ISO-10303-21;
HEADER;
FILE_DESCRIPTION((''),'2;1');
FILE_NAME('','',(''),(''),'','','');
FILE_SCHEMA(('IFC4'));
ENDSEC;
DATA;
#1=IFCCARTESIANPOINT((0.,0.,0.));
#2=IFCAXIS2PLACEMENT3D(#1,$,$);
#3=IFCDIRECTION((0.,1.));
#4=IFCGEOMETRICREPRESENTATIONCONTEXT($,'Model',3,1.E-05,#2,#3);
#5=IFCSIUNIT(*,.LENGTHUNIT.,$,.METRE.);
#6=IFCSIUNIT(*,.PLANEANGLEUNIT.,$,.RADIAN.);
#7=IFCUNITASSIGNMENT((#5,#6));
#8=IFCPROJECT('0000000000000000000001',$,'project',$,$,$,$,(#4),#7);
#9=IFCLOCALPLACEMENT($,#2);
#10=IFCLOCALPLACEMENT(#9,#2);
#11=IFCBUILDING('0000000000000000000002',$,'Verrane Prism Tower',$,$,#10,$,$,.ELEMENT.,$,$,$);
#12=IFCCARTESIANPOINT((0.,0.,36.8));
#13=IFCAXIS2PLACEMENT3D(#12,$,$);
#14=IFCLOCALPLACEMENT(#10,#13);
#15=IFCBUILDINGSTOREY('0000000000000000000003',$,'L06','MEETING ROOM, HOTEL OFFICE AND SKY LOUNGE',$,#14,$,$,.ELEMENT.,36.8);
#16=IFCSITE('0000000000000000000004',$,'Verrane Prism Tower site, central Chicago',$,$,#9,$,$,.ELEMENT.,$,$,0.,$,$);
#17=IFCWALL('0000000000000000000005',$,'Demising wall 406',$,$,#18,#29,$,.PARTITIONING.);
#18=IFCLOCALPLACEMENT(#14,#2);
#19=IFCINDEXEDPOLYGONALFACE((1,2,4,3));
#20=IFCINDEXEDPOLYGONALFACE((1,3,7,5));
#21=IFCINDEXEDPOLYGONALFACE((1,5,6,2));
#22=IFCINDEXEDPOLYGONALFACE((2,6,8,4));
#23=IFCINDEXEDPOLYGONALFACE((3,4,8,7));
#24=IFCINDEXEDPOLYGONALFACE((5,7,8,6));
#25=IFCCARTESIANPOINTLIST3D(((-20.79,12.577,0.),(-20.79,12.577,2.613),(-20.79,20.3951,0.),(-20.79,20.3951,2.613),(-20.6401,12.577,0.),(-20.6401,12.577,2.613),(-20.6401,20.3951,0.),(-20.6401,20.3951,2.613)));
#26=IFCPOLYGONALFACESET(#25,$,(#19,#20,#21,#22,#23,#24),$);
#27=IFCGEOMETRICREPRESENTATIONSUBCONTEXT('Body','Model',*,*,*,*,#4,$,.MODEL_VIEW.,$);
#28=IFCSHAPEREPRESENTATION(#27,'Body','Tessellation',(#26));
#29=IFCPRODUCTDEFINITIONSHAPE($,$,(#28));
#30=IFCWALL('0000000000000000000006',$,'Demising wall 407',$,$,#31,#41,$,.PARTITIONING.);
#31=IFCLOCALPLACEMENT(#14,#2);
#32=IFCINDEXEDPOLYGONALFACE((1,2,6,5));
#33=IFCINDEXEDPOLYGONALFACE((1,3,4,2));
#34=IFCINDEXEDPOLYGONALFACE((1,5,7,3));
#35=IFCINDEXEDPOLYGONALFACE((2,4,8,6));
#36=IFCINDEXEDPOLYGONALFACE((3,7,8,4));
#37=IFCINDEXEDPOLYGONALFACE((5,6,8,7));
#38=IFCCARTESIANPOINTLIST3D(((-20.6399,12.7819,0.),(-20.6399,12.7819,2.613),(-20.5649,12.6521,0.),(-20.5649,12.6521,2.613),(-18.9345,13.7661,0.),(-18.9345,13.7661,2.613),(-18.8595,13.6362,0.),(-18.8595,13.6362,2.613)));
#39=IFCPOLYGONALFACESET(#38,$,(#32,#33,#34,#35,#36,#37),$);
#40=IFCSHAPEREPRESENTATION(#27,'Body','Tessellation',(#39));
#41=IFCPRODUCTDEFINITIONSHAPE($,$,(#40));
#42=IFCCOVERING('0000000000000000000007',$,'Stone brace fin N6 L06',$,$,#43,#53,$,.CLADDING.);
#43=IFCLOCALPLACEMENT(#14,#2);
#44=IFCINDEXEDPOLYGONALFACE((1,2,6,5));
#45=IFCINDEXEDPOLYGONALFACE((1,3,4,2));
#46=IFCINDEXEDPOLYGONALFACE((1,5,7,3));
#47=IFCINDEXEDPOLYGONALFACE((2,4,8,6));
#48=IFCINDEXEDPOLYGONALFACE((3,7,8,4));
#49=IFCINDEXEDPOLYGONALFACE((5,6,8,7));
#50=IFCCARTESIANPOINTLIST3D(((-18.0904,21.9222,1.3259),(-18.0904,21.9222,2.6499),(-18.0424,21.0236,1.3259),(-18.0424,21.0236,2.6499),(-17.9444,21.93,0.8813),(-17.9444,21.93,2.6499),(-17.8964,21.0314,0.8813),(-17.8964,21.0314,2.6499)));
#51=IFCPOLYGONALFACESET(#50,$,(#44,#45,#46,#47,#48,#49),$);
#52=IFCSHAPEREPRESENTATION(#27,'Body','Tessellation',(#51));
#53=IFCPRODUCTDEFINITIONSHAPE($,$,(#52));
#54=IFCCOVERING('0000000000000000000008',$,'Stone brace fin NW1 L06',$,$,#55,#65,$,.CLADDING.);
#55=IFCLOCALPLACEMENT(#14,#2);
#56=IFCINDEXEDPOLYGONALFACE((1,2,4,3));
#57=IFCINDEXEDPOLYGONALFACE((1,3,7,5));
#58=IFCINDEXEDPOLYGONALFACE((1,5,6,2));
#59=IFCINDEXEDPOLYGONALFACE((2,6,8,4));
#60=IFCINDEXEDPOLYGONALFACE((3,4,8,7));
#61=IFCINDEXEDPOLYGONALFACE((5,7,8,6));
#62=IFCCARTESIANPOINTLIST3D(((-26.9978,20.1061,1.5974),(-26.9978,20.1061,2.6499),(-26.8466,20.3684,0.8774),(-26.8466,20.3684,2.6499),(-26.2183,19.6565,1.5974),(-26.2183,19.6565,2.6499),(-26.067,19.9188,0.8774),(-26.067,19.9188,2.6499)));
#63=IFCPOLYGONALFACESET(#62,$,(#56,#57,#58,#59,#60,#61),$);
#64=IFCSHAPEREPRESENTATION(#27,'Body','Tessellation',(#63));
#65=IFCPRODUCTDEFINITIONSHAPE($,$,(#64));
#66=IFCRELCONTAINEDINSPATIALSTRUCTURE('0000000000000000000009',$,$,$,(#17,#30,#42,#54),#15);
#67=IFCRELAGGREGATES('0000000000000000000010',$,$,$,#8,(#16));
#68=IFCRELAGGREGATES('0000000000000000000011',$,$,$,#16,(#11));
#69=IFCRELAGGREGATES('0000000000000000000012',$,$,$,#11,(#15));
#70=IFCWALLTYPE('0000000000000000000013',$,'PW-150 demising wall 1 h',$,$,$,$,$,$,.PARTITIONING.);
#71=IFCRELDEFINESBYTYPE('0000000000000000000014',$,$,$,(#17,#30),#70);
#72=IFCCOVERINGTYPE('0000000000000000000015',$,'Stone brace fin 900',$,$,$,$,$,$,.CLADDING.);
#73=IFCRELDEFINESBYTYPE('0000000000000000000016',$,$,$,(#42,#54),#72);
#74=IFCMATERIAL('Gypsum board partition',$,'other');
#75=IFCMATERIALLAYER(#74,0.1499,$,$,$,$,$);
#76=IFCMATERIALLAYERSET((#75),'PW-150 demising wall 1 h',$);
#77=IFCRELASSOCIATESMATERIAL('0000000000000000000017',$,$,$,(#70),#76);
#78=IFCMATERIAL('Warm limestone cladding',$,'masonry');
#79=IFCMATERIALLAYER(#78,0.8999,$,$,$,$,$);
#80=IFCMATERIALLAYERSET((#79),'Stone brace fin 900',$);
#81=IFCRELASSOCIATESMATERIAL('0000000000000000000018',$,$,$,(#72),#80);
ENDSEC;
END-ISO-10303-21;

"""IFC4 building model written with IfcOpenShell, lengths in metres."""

from ifc_helpers import new_model, si_unit, direction, frame, frame_2d, origin, place, context, subcontext, project, spatial, polyline, rectangle, outline, extrude, material, layer, layer_set, type_object, element, save


model = new_model("IFC4")

# Units and contexts
model_context = context("Model", 3, precision=1e-05, world=origin(), true_north=direction((0.0, 1.0)))
body_context = subcontext(model_context, "Body", "Model", "MODEL_VIEW")
ifc_project = project(units=[si_unit("LENGTHUNIT", "METRE"), si_unit("PLANEANGLEUNIT", "RADIAN")], contexts=[model_context])

# Site, building, storey
site_placement = place(None, origin())
site = spatial("IfcSite", under=ifc_project, at=site_placement, Name="Verrane Prism Tower site, central Chicago", CompositionType="ELEMENT", RefElevation=0.0)
building_placement = place(site_placement, origin())
building = spatial("IfcBuilding", under=site, at=building_placement, Name="Verrane Prism Tower", CompositionType="ELEMENT")
storey_placement = place(building_placement, frame((0.0, 0.0, 36.8)))
storey = spatial("IfcBuildingStorey", under=building, at=storey_placement, Name="L06", Description="MEETING ROOM, HOTEL OFFICE AND SKY LOUNGE", CompositionType="ELEMENT", Elevation=36.8)

# Walls
ifc_material_1 = material(Name="Gypsum board partition", Category="other")
ifc_layer_1 = layer(ifc_material_1, 0.1499)
ifc_layer_set_1 = layer_set([ifc_layer_1], Name="PW-150 demising wall 1 h")
wall_type_1 = type_object("IfcWallType", Name="PW-150 demising wall 1 h", PredefinedType="PARTITIONING", material=ifc_layer_set_1)
wall_1_placement = place(storey_placement, frame((-20.7151, 12.5769, 0.0), z_axis=(0.0, 0.0, 1.0), x_axis=(0.0, 1.0, 0.0)))
element("IfcWall", 1, at=wall_1_placement, inside=storey, type_object=wall_type_1, Name="Demising wall 406", PredefinedType="PARTITIONING", context=body_context, shape_type="SweptSolid", body=[
    extrude(rectangle(XDim=7.8181, YDim=0.1499, at=frame_2d((3.9092, 0.0))), origin(), (0.0, 0.0, 1.0), 2.613),
])
wall_2_placement = place(storey_placement, frame((-20.6023, 12.717, 0.0), z_axis=(0.0, 0.0, 1.0), x_axis=(0.866122, 0.499833, 0.0)))
element("IfcWall", 2, at=wall_2_placement, inside=storey, type_object=wall_type_1, Name="Demising wall 407", PredefinedType="PARTITIONING", context=body_context, shape_type="SweptSolid", body=[
    extrude(rectangle(XDim=1.969, YDim=0.1499, at=frame_2d((0.9844, 0.0))), origin(), (0.0, 0.0, 1.0), 2.613),
])

# Coverings
ifc_material_2 = material(Name="Warm limestone cladding", Category="masonry")
ifc_layer_2 = layer(ifc_material_2, 0.8999)
ifc_layer_set_2 = layer_set([ifc_layer_2], Name="Stone brace fin 900")
covering_type = type_object("IfcCoveringType", Name="Stone brace fin 900", PredefinedType="CLADDING", material=ifc_layer_set_2)
covering_1_placement = place(storey_placement, frame((-17.9204, 21.4807, 0.8813), z_axis=(0.0, 0.0, 1.0), x_axis=(-0.998576, -0.053346, 0.0)))
element("IfcCovering", 3, at=covering_1_placement, inside=storey, type_object=covering_type, Name="Stone brace fin N6 L06", PredefinedType="CLADDING", context=body_context, shape_type="SweptSolid", body=[
    extrude(outline(polyline([(0.1462, 1.7686), (0.0, 1.7686), (0.0, 0.0), (0.1462, 0.4446), (0.1462, 1.7686)])), frame((0.0, 0.45, 0.0), z_axis=(0.0, -1.0, 0.0), x_axis=(1.0, 0.0, 0.0)), (0.0, 0.0, 1.0), 0.8999),
])
covering_2_placement = place(storey_placement, frame((-26.4568, 20.1436, 0.8774), z_axis=(0.0, 0.0, 1.0), x_axis=(-0.499606, -0.866253, 0.0)))
element("IfcCovering", 4, at=covering_2_placement, inside=storey, type_object=covering_type, Name="Stone brace fin NW1 L06", PredefinedType="CLADDING", context=body_context, shape_type="SweptSolid", body=[
    extrude(outline(polyline([(0.3027, 1.7725), (0.0, 1.7725), (0.0, 0.0), (0.3027, 0.72), (0.3027, 1.7725)])), frame((0.0, 0.45, 0.0), z_axis=(0.0, -1.0, 0.0), x_axis=(1.0, 0.0, 0.0)), (0.0, 0.0, 1.0), 0.8999),
])

save(model, "model.ifc")
